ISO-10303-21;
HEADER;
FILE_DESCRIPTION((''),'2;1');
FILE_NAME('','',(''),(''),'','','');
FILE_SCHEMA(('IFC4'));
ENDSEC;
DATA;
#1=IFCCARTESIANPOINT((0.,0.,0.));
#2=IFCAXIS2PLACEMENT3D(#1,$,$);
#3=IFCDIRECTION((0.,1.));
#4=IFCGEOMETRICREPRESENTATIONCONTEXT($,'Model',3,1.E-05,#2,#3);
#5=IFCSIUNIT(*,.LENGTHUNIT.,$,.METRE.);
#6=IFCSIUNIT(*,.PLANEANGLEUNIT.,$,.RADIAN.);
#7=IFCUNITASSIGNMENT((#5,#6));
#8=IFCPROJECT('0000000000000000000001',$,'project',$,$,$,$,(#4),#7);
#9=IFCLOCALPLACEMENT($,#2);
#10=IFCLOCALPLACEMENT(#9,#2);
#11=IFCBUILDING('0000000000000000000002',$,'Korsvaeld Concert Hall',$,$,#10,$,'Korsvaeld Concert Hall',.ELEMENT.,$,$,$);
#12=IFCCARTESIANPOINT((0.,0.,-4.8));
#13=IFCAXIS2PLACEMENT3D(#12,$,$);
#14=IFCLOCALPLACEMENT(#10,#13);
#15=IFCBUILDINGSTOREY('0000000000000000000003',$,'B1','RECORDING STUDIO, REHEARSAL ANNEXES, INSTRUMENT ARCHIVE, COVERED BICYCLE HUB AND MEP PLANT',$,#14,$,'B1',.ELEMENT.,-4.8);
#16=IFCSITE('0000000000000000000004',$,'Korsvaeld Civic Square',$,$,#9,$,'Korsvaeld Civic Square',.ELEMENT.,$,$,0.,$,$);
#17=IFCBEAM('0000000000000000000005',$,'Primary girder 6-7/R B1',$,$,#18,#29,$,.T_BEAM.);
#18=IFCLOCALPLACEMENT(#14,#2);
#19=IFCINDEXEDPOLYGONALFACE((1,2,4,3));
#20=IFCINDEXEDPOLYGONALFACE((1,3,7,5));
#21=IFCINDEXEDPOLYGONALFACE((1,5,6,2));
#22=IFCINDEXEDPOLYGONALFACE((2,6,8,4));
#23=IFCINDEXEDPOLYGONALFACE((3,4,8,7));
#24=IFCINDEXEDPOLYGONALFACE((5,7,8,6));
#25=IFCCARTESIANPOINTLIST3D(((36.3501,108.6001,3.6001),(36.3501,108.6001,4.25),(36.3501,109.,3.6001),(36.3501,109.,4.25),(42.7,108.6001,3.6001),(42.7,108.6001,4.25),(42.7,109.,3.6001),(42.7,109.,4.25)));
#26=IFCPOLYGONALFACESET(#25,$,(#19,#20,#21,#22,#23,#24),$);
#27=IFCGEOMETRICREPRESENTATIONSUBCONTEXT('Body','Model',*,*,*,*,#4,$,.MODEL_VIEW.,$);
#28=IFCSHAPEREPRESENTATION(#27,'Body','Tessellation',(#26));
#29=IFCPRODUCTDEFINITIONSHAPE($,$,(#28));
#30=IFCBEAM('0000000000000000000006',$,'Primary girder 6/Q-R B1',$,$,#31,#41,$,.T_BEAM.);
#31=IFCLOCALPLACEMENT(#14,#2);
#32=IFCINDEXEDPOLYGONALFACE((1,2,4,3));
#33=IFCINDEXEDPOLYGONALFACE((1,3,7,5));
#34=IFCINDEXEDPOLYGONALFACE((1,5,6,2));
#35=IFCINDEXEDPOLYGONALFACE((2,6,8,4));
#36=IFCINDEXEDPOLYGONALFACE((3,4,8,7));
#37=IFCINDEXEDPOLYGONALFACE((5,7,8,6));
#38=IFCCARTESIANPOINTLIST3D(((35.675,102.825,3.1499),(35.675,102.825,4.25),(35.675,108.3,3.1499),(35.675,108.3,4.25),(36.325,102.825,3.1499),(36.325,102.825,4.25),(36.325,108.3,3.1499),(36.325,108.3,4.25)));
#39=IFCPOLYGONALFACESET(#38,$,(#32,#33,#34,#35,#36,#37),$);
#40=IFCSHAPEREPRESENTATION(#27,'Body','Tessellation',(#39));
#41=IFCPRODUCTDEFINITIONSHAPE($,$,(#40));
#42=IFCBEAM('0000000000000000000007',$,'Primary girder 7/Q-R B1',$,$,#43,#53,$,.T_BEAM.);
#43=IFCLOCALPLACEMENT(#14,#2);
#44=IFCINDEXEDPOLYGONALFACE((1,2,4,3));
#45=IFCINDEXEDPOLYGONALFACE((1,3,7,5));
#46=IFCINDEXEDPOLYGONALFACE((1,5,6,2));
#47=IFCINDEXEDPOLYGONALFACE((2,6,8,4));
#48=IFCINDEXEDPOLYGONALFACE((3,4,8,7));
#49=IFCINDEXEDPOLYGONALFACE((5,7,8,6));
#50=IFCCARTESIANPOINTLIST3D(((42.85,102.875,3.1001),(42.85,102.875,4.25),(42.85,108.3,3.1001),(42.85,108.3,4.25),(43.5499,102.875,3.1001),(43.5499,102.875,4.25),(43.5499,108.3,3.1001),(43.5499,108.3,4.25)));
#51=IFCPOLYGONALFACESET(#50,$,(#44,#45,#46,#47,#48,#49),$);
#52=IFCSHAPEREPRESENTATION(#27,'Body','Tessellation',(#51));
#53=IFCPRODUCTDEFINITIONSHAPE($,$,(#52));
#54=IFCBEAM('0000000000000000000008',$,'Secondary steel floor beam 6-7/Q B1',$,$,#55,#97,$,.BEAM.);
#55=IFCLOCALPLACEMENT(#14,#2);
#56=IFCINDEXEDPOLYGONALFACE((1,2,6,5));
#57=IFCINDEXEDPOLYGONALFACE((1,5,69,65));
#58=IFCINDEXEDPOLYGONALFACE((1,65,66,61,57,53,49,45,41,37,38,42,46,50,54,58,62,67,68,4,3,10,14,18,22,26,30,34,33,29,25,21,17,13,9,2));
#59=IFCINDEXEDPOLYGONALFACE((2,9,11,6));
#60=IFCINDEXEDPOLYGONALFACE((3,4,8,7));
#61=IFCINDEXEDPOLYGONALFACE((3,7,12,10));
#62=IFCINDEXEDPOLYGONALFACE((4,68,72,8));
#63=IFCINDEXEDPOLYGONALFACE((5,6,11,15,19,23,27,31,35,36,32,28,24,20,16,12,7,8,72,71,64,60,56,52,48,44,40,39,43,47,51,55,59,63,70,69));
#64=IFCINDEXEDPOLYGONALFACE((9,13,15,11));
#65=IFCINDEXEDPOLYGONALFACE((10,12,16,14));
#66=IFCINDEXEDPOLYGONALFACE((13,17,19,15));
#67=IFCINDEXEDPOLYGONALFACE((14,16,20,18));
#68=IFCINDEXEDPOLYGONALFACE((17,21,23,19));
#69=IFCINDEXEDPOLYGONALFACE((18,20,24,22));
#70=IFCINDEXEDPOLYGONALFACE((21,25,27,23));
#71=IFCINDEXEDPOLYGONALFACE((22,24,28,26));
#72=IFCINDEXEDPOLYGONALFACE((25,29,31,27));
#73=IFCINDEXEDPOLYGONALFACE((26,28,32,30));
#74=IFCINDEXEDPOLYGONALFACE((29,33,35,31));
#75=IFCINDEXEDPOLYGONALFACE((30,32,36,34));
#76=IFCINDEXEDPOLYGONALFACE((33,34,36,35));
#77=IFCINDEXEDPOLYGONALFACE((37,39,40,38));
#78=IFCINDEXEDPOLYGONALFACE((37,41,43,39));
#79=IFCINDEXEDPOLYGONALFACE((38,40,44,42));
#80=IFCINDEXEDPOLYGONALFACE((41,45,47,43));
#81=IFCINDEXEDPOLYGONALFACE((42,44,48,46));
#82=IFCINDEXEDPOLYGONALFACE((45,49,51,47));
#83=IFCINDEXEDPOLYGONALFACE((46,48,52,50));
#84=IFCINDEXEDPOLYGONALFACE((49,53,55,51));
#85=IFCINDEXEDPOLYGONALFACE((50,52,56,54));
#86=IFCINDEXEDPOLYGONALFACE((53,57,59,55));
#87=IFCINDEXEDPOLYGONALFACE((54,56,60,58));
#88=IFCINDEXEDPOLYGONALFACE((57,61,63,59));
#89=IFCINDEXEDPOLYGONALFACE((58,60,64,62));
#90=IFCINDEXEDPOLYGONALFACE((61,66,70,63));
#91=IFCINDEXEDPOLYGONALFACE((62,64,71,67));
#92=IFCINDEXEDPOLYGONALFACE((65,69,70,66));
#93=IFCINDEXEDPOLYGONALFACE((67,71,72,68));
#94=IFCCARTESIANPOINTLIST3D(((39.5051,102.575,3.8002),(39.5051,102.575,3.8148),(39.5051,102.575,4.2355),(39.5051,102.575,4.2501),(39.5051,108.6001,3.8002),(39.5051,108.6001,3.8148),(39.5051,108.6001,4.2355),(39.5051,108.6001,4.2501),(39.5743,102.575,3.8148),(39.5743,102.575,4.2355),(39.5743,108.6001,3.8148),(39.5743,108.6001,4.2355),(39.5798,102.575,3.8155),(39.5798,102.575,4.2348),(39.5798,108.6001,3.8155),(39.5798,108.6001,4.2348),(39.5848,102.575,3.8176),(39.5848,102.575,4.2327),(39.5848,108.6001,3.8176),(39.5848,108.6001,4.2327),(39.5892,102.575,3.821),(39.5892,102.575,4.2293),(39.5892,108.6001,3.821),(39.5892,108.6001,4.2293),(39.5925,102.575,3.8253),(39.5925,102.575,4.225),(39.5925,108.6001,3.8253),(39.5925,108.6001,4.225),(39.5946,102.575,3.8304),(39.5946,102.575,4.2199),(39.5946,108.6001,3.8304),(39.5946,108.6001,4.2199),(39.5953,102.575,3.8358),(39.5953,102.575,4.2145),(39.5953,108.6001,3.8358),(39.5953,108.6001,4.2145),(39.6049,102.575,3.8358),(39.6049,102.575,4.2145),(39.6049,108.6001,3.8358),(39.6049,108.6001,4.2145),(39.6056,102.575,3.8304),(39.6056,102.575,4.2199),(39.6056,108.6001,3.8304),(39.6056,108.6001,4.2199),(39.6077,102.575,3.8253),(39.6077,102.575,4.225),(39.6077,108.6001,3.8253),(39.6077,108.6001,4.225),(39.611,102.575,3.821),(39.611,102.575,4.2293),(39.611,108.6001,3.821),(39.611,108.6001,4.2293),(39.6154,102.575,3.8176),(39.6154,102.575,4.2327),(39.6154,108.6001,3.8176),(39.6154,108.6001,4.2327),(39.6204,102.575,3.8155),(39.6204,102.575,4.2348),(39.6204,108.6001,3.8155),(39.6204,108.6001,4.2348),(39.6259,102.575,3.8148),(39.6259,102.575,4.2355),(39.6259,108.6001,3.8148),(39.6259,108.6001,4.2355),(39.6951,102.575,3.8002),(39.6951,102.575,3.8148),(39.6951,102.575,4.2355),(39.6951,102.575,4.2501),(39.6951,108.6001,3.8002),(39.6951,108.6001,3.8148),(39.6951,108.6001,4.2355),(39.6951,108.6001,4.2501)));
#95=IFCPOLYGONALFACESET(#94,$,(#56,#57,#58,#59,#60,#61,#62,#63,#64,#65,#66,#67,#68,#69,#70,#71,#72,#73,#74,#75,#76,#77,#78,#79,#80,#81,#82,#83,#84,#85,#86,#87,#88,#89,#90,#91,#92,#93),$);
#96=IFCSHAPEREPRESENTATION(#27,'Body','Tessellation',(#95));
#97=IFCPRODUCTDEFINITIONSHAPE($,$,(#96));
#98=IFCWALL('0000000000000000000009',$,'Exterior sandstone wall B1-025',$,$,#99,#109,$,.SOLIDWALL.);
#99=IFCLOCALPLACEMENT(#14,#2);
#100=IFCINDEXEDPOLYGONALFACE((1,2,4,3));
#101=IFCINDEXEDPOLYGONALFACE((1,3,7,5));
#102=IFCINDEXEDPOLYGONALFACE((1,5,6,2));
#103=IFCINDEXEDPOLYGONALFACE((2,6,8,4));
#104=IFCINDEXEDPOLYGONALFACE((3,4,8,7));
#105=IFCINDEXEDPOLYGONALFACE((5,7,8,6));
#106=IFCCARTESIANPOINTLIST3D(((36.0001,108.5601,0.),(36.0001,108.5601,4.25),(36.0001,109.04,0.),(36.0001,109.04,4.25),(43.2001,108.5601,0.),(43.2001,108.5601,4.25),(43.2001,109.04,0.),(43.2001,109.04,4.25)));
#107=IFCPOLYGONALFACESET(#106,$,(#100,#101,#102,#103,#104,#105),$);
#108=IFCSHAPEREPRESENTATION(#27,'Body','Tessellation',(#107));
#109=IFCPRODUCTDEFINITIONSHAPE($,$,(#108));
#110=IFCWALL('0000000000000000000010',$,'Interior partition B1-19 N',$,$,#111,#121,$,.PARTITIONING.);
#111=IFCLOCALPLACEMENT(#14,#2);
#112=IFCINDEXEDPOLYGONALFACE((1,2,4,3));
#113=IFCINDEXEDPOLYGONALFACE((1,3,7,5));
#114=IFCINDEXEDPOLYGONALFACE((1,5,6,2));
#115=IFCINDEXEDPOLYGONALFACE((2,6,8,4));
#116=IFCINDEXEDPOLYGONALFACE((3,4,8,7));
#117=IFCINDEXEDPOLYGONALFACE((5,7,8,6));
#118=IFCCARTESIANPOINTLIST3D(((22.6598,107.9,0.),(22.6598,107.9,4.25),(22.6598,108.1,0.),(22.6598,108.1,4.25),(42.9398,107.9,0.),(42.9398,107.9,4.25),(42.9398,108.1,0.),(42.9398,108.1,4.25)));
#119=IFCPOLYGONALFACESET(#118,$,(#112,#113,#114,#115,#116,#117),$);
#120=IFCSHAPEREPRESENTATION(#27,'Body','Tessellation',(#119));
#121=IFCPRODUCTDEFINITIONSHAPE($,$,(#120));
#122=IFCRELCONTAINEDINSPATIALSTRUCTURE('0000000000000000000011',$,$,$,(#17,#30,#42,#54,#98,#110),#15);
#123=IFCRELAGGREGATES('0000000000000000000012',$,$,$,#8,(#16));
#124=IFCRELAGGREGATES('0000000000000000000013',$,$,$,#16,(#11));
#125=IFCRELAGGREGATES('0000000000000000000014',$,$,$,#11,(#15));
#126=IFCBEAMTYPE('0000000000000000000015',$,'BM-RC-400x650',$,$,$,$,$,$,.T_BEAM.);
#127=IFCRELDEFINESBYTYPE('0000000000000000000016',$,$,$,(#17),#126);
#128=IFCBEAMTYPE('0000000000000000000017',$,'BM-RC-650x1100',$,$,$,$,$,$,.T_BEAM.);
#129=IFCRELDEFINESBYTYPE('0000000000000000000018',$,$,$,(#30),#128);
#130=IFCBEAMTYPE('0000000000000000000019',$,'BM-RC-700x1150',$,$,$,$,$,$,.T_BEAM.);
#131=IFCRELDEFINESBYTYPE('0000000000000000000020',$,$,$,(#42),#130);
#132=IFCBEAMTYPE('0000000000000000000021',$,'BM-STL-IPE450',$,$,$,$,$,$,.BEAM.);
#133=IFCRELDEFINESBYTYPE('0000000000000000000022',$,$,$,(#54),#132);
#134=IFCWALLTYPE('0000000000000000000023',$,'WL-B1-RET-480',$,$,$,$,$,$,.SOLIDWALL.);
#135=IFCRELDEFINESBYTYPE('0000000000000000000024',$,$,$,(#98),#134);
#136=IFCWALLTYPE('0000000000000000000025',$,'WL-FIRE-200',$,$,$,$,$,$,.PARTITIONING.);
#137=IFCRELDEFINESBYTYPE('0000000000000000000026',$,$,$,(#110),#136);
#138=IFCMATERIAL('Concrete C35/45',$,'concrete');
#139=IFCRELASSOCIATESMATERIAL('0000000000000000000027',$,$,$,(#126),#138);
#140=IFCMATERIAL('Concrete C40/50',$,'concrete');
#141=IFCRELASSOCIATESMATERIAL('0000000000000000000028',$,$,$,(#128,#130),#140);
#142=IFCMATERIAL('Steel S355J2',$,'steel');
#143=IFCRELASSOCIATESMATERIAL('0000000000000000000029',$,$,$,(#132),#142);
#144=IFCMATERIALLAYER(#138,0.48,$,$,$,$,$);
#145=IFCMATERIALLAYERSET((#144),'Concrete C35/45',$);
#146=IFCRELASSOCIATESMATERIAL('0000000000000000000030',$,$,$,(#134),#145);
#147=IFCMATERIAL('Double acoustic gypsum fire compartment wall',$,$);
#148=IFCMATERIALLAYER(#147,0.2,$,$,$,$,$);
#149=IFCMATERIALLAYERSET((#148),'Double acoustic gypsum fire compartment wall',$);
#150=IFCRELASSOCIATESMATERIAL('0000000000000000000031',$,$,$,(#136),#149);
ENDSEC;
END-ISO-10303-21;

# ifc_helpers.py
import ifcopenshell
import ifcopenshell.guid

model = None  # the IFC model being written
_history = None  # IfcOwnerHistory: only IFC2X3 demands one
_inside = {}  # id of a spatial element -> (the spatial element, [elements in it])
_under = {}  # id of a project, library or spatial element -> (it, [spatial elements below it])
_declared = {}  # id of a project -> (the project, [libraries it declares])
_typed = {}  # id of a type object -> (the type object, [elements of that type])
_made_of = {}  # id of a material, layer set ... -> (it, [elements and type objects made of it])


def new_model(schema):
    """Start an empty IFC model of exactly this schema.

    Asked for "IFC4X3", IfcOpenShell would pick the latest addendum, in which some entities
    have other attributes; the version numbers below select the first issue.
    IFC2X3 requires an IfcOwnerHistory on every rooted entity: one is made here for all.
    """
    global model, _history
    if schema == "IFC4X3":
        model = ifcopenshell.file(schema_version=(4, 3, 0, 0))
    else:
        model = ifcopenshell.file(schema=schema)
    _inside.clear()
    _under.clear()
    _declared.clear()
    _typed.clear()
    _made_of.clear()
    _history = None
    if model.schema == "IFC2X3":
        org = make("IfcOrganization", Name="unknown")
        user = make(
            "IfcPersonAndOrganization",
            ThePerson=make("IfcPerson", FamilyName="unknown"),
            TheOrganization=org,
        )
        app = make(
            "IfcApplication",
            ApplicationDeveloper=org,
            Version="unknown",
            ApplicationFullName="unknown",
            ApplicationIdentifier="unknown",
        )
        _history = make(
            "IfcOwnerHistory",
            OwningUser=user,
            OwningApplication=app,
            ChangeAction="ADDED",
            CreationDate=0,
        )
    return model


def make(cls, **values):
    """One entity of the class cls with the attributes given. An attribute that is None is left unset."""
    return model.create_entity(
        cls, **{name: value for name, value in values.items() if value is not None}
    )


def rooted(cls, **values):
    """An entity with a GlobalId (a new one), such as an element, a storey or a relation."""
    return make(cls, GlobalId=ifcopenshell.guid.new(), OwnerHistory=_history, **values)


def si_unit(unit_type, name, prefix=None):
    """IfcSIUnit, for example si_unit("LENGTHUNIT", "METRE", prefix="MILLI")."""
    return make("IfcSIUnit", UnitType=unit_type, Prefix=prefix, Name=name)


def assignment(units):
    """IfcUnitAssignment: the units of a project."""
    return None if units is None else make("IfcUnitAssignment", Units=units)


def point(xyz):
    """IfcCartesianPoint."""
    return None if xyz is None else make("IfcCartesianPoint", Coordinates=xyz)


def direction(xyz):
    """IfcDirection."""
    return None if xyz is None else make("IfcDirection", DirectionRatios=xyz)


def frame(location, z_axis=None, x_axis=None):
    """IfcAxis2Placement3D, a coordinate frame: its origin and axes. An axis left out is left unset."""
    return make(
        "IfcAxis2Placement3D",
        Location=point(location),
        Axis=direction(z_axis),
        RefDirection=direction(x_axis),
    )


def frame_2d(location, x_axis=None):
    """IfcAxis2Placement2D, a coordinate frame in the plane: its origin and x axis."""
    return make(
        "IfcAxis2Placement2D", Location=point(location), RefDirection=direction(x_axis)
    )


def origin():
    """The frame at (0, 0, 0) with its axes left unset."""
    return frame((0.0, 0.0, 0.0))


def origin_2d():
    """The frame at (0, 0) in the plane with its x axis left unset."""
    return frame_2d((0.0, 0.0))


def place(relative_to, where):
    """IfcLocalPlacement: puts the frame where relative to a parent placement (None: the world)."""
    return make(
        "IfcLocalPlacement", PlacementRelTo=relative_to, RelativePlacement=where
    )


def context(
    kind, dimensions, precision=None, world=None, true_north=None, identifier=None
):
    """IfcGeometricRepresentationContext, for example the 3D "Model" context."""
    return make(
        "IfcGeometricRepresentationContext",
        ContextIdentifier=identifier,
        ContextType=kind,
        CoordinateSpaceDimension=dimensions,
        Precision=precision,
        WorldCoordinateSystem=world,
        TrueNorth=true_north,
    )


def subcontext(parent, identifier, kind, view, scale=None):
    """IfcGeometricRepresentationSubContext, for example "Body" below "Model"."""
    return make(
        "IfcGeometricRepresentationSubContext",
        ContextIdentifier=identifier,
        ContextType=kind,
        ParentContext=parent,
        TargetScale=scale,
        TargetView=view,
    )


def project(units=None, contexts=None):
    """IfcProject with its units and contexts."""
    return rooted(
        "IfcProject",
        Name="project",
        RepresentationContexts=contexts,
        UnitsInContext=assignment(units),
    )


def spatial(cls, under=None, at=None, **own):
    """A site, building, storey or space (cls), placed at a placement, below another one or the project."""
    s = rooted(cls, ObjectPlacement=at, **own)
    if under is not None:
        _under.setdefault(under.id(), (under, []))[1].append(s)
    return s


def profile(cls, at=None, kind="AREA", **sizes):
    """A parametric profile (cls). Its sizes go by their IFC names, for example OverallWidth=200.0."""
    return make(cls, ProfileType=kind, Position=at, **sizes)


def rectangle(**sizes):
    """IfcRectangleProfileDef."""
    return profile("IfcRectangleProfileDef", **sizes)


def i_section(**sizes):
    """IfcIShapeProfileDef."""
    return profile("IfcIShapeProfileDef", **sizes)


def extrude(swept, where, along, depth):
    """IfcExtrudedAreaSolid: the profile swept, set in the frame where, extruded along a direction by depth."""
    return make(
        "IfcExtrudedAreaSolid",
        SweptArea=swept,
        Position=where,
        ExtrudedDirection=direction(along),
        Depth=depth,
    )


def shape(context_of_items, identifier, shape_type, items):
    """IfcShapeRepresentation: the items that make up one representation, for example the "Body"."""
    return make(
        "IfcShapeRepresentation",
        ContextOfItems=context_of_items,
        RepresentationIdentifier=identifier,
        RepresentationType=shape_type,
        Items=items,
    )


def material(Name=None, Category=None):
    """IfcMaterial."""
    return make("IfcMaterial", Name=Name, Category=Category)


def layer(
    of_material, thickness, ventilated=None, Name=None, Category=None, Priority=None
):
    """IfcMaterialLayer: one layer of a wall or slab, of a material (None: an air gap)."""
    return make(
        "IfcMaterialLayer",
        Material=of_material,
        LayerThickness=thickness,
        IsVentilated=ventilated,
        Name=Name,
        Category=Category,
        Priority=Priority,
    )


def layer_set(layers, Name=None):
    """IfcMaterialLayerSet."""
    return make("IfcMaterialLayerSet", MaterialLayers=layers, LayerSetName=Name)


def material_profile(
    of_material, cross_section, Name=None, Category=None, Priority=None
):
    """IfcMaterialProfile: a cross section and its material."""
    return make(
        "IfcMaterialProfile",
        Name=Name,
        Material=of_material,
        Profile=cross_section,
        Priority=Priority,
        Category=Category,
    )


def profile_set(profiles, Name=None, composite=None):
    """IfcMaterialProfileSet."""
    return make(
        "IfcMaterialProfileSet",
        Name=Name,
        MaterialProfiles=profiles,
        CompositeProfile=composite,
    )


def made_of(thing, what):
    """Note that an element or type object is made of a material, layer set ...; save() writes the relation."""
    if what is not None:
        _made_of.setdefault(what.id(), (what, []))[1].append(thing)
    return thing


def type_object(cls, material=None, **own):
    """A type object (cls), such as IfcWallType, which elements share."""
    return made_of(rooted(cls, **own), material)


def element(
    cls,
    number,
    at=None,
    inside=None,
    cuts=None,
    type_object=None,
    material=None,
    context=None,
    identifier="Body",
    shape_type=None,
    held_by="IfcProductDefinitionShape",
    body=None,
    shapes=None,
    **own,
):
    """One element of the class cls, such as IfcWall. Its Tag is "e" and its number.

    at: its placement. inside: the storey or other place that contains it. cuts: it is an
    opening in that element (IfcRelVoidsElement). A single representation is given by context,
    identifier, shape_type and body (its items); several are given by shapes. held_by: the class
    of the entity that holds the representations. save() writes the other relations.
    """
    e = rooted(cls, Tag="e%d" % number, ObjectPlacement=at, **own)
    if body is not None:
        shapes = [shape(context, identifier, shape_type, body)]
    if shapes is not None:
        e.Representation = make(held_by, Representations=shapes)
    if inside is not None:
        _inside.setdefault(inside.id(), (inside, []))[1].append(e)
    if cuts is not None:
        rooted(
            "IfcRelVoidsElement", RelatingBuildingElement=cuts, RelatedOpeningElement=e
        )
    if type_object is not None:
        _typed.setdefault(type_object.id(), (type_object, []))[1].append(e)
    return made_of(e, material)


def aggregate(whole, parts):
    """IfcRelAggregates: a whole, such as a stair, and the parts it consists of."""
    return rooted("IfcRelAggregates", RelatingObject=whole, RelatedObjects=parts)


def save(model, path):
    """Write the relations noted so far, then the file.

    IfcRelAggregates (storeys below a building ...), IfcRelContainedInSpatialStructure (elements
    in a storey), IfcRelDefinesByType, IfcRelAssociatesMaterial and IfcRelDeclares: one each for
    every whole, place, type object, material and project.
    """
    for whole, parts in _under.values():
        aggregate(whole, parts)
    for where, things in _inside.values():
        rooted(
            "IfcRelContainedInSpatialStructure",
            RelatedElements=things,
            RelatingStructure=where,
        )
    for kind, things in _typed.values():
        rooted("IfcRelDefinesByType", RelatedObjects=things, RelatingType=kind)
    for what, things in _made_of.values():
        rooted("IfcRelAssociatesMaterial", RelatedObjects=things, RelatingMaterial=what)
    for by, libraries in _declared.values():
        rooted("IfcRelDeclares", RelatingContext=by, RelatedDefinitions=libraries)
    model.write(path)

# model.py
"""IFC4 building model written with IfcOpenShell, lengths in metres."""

from ifc_helpers import new_model, si_unit, direction, frame, frame_2d, origin, origin_2d, place, context, subcontext, project, spatial, rectangle, i_section, extrude, material, layer, layer_set, material_profile, profile_set, type_object, element, save


model = new_model("IFC4")

# Units and contexts
model_context = context("Model", 3, precision=1e-05, world=origin(), true_north=direction((0.0, 1.0)))
body_context = subcontext(model_context, "Body", "Model", "MODEL_VIEW")
ifc_project = project(units=[si_unit("LENGTHUNIT", "METRE"), si_unit("PLANEANGLEUNIT", "RADIAN")], contexts=[model_context])

# Site, building, storey
site_placement = place(None, origin())
site = spatial("IfcSite", under=ifc_project, at=site_placement, Name="Korsvaeld Civic Square", LongName="Korsvaeld Civic Square", CompositionType="ELEMENT", RefElevation=0.0)
building_placement = place(site_placement, origin())
building = spatial("IfcBuilding", under=site, at=building_placement, Name="Korsvaeld Concert Hall", LongName="Korsvaeld Concert Hall", CompositionType="ELEMENT")
storey_placement = place(building_placement, frame((0.0, 0.0, -4.8)))
storey = spatial("IfcBuildingStorey", under=building, at=storey_placement, Name="B1", Description="RECORDING STUDIO, REHEARSAL ANNEXES, INSTRUMENT ARCHIVE, COVERED BICYCLE HUB AND MEP PLANT", LongName="B1", CompositionType="ELEMENT", Elevation=-4.8)

# Shared definitions
ifc_material_1 = material(Name="Concrete C35/45", Category="concrete")

# Shared definitions
ifc_material_2 = material(Name="Concrete C40/50", Category="concrete")

# Beams
ifc_material_profile_1 = material_profile(ifc_material_1, rectangle(XDim=0.3999, YDim=0.6499, at=origin_2d()), Name="RC 400x650")
ifc_profile_set_1 = profile_set([ifc_material_profile_1], Name="Concrete C35/45")
beam_type_1 = type_object("IfcBeamType", Name="BM-RC-400x650", PredefinedType="T_BEAM", material=ifc_profile_set_1)
beam_1_placement = place(storey_placement, frame((36.3501, 108.8, 3.925), z_axis=(1.0, 0.0, 0.0), x_axis=(0.0, 1.0, 0.0)))
element("IfcBeam", 1, at=beam_1_placement, inside=storey, type_object=beam_type_1, Name="Primary girder 6-7/R B1", PredefinedType="T_BEAM", context=body_context, shape_type="SweptSolid", body=[
    extrude(rectangle(XDim=0.3999, YDim=0.6499, at=origin_2d()), origin(), (0.0, 0.0, 1.0), 6.3499),
])
ifc_material_profile_2 = material_profile(ifc_material_2, rectangle(XDim=0.6499, YDim=1.1001, at=origin_2d()), Name="RC 650x1100")
ifc_profile_set_2 = profile_set([ifc_material_profile_2], Name="Concrete C40/50")
beam_type_2 = type_object("IfcBeamType", Name="BM-RC-650x1100", PredefinedType="T_BEAM", material=ifc_profile_set_2)
beam_2_placement = place(storey_placement, frame((36.0, 102.825, 3.7), z_axis=(0.0, 1.0, 0.0), x_axis=(-1.0, 0.0, 0.0)))
element("IfcBeam", 2, at=beam_2_placement, inside=storey, type_object=beam_type_2, Name="Primary girder 6/Q-R B1", PredefinedType="T_BEAM", context=body_context, shape_type="SweptSolid", body=[
    extrude(rectangle(XDim=0.6499, YDim=1.1001, at=origin_2d()), origin(), (0.0, 0.0, 1.0), 5.4751),
])
ifc_material_profile_3 = material_profile(ifc_material_2, rectangle(XDim=0.7, YDim=1.1499, at=origin_2d()), Name="RC 700x1150")
ifc_profile_set_3 = profile_set([ifc_material_profile_3], Name="Concrete C40/50")
beam_type_3 = type_object("IfcBeamType", Name="BM-RC-700x1150", PredefinedType="T_BEAM", material=ifc_profile_set_3)
beam_3_placement = place(storey_placement, frame((43.2, 102.875, 3.675), z_axis=(0.0, 1.0, 0.0), x_axis=(-1.0, 0.0, 0.0)))
element("IfcBeam", 3, at=beam_3_placement, inside=storey, type_object=beam_type_3, Name="Primary girder 7/Q-R B1", PredefinedType="T_BEAM", context=body_context, shape_type="SweptSolid", body=[
    extrude(rectangle(XDim=0.7, YDim=1.1499, at=origin_2d()), origin(), (0.0, 0.0, 1.0), 5.425),
])
ifc_material_3 = material(Name="Steel S355J2", Category="steel")
ifc_material_profile_4 = material_profile(ifc_material_3, i_section(OverallWidth=0.1899, OverallDepth=0.45, WebThickness=0.0095, FlangeThickness=0.0146, FilletRadius=0.021, at=origin_2d()), Name="IPE 450")
ifc_profile_set_4 = profile_set([ifc_material_profile_4], Name="Steel S355J2")
beam_type_4 = type_object("IfcBeamType", Name="BM-STL-IPE450", PredefinedType="BEAM", material=ifc_profile_set_4)
beam_4_placement = place(storey_placement, frame((39.6001, 102.575, 4.0251), z_axis=(0.0, 1.0, 0.0), x_axis=(-1.0, 0.0, 0.0)))
element("IfcBeam", 4, at=beam_4_placement, inside=storey, type_object=beam_type_4, Name="Secondary steel floor beam 6-7/Q B1", PredefinedType="BEAM", context=body_context, shape_type="SweptSolid", body=[
    extrude(i_section(OverallWidth=0.1899, OverallDepth=0.45, WebThickness=0.0095, FlangeThickness=0.0146, FilletRadius=0.021, at=origin_2d()), origin(), (0.0, 0.0, 1.0), 6.0251),
])

# Walls
ifc_layer_1 = layer(ifc_material_1, 0.48)
ifc_layer_set_1 = layer_set([ifc_layer_1], Name="Concrete C35/45")
wall_type_1 = type_object("IfcWallType", Name="WL-B1-RET-480", PredefinedType="SOLIDWALL", material=ifc_layer_set_1)
wall_1_placement = place(storey_placement, frame((36.0, 108.8, 0.0), z_axis=(0.0, 0.0, 1.0), x_axis=(1.0, 0.0, 0.0)))
element("IfcWall", 5, at=wall_1_placement, inside=storey, type_object=wall_type_1, Name="Exterior sandstone wall B1-025", PredefinedType="SOLIDWALL", context=body_context, shape_type="SweptSolid", body=[
    extrude(rectangle(XDim=7.2, YDim=0.48, at=frame_2d((3.6001, 0.0))), origin(), (0.0, 0.0, 1.0), 4.25),
])
ifc_material_4 = material(Name="Double acoustic gypsum fire compartment wall")
ifc_layer_2 = layer(ifc_material_4, 0.2)
ifc_layer_set_2 = layer_set([ifc_layer_2], Name="Double acoustic gypsum fire compartment wall")
wall_type_2 = type_object("IfcWallType", Name="WL-FIRE-200", PredefinedType="PARTITIONING", material=ifc_layer_set_2)
wall_2_placement = place(storey_placement, frame((42.9399, 108.0, 0.0), z_axis=(0.0, 0.0, 1.0), x_axis=(-1.0, 0.0, 0.0)))
element("IfcWall", 6, at=wall_2_placement, inside=storey, type_object=wall_type_2, Name="Interior partition B1-19 N", PredefinedType="PARTITIONING", context=body_context, shape_type="SweptSolid", body=[
    extrude(rectangle(XDim=20.28, YDim=0.2, at=frame_2d((10.1401, 0.0))), origin(), (0.0, 0.0, 1.0), 4.25),
])

save(model, "model.ifc")
